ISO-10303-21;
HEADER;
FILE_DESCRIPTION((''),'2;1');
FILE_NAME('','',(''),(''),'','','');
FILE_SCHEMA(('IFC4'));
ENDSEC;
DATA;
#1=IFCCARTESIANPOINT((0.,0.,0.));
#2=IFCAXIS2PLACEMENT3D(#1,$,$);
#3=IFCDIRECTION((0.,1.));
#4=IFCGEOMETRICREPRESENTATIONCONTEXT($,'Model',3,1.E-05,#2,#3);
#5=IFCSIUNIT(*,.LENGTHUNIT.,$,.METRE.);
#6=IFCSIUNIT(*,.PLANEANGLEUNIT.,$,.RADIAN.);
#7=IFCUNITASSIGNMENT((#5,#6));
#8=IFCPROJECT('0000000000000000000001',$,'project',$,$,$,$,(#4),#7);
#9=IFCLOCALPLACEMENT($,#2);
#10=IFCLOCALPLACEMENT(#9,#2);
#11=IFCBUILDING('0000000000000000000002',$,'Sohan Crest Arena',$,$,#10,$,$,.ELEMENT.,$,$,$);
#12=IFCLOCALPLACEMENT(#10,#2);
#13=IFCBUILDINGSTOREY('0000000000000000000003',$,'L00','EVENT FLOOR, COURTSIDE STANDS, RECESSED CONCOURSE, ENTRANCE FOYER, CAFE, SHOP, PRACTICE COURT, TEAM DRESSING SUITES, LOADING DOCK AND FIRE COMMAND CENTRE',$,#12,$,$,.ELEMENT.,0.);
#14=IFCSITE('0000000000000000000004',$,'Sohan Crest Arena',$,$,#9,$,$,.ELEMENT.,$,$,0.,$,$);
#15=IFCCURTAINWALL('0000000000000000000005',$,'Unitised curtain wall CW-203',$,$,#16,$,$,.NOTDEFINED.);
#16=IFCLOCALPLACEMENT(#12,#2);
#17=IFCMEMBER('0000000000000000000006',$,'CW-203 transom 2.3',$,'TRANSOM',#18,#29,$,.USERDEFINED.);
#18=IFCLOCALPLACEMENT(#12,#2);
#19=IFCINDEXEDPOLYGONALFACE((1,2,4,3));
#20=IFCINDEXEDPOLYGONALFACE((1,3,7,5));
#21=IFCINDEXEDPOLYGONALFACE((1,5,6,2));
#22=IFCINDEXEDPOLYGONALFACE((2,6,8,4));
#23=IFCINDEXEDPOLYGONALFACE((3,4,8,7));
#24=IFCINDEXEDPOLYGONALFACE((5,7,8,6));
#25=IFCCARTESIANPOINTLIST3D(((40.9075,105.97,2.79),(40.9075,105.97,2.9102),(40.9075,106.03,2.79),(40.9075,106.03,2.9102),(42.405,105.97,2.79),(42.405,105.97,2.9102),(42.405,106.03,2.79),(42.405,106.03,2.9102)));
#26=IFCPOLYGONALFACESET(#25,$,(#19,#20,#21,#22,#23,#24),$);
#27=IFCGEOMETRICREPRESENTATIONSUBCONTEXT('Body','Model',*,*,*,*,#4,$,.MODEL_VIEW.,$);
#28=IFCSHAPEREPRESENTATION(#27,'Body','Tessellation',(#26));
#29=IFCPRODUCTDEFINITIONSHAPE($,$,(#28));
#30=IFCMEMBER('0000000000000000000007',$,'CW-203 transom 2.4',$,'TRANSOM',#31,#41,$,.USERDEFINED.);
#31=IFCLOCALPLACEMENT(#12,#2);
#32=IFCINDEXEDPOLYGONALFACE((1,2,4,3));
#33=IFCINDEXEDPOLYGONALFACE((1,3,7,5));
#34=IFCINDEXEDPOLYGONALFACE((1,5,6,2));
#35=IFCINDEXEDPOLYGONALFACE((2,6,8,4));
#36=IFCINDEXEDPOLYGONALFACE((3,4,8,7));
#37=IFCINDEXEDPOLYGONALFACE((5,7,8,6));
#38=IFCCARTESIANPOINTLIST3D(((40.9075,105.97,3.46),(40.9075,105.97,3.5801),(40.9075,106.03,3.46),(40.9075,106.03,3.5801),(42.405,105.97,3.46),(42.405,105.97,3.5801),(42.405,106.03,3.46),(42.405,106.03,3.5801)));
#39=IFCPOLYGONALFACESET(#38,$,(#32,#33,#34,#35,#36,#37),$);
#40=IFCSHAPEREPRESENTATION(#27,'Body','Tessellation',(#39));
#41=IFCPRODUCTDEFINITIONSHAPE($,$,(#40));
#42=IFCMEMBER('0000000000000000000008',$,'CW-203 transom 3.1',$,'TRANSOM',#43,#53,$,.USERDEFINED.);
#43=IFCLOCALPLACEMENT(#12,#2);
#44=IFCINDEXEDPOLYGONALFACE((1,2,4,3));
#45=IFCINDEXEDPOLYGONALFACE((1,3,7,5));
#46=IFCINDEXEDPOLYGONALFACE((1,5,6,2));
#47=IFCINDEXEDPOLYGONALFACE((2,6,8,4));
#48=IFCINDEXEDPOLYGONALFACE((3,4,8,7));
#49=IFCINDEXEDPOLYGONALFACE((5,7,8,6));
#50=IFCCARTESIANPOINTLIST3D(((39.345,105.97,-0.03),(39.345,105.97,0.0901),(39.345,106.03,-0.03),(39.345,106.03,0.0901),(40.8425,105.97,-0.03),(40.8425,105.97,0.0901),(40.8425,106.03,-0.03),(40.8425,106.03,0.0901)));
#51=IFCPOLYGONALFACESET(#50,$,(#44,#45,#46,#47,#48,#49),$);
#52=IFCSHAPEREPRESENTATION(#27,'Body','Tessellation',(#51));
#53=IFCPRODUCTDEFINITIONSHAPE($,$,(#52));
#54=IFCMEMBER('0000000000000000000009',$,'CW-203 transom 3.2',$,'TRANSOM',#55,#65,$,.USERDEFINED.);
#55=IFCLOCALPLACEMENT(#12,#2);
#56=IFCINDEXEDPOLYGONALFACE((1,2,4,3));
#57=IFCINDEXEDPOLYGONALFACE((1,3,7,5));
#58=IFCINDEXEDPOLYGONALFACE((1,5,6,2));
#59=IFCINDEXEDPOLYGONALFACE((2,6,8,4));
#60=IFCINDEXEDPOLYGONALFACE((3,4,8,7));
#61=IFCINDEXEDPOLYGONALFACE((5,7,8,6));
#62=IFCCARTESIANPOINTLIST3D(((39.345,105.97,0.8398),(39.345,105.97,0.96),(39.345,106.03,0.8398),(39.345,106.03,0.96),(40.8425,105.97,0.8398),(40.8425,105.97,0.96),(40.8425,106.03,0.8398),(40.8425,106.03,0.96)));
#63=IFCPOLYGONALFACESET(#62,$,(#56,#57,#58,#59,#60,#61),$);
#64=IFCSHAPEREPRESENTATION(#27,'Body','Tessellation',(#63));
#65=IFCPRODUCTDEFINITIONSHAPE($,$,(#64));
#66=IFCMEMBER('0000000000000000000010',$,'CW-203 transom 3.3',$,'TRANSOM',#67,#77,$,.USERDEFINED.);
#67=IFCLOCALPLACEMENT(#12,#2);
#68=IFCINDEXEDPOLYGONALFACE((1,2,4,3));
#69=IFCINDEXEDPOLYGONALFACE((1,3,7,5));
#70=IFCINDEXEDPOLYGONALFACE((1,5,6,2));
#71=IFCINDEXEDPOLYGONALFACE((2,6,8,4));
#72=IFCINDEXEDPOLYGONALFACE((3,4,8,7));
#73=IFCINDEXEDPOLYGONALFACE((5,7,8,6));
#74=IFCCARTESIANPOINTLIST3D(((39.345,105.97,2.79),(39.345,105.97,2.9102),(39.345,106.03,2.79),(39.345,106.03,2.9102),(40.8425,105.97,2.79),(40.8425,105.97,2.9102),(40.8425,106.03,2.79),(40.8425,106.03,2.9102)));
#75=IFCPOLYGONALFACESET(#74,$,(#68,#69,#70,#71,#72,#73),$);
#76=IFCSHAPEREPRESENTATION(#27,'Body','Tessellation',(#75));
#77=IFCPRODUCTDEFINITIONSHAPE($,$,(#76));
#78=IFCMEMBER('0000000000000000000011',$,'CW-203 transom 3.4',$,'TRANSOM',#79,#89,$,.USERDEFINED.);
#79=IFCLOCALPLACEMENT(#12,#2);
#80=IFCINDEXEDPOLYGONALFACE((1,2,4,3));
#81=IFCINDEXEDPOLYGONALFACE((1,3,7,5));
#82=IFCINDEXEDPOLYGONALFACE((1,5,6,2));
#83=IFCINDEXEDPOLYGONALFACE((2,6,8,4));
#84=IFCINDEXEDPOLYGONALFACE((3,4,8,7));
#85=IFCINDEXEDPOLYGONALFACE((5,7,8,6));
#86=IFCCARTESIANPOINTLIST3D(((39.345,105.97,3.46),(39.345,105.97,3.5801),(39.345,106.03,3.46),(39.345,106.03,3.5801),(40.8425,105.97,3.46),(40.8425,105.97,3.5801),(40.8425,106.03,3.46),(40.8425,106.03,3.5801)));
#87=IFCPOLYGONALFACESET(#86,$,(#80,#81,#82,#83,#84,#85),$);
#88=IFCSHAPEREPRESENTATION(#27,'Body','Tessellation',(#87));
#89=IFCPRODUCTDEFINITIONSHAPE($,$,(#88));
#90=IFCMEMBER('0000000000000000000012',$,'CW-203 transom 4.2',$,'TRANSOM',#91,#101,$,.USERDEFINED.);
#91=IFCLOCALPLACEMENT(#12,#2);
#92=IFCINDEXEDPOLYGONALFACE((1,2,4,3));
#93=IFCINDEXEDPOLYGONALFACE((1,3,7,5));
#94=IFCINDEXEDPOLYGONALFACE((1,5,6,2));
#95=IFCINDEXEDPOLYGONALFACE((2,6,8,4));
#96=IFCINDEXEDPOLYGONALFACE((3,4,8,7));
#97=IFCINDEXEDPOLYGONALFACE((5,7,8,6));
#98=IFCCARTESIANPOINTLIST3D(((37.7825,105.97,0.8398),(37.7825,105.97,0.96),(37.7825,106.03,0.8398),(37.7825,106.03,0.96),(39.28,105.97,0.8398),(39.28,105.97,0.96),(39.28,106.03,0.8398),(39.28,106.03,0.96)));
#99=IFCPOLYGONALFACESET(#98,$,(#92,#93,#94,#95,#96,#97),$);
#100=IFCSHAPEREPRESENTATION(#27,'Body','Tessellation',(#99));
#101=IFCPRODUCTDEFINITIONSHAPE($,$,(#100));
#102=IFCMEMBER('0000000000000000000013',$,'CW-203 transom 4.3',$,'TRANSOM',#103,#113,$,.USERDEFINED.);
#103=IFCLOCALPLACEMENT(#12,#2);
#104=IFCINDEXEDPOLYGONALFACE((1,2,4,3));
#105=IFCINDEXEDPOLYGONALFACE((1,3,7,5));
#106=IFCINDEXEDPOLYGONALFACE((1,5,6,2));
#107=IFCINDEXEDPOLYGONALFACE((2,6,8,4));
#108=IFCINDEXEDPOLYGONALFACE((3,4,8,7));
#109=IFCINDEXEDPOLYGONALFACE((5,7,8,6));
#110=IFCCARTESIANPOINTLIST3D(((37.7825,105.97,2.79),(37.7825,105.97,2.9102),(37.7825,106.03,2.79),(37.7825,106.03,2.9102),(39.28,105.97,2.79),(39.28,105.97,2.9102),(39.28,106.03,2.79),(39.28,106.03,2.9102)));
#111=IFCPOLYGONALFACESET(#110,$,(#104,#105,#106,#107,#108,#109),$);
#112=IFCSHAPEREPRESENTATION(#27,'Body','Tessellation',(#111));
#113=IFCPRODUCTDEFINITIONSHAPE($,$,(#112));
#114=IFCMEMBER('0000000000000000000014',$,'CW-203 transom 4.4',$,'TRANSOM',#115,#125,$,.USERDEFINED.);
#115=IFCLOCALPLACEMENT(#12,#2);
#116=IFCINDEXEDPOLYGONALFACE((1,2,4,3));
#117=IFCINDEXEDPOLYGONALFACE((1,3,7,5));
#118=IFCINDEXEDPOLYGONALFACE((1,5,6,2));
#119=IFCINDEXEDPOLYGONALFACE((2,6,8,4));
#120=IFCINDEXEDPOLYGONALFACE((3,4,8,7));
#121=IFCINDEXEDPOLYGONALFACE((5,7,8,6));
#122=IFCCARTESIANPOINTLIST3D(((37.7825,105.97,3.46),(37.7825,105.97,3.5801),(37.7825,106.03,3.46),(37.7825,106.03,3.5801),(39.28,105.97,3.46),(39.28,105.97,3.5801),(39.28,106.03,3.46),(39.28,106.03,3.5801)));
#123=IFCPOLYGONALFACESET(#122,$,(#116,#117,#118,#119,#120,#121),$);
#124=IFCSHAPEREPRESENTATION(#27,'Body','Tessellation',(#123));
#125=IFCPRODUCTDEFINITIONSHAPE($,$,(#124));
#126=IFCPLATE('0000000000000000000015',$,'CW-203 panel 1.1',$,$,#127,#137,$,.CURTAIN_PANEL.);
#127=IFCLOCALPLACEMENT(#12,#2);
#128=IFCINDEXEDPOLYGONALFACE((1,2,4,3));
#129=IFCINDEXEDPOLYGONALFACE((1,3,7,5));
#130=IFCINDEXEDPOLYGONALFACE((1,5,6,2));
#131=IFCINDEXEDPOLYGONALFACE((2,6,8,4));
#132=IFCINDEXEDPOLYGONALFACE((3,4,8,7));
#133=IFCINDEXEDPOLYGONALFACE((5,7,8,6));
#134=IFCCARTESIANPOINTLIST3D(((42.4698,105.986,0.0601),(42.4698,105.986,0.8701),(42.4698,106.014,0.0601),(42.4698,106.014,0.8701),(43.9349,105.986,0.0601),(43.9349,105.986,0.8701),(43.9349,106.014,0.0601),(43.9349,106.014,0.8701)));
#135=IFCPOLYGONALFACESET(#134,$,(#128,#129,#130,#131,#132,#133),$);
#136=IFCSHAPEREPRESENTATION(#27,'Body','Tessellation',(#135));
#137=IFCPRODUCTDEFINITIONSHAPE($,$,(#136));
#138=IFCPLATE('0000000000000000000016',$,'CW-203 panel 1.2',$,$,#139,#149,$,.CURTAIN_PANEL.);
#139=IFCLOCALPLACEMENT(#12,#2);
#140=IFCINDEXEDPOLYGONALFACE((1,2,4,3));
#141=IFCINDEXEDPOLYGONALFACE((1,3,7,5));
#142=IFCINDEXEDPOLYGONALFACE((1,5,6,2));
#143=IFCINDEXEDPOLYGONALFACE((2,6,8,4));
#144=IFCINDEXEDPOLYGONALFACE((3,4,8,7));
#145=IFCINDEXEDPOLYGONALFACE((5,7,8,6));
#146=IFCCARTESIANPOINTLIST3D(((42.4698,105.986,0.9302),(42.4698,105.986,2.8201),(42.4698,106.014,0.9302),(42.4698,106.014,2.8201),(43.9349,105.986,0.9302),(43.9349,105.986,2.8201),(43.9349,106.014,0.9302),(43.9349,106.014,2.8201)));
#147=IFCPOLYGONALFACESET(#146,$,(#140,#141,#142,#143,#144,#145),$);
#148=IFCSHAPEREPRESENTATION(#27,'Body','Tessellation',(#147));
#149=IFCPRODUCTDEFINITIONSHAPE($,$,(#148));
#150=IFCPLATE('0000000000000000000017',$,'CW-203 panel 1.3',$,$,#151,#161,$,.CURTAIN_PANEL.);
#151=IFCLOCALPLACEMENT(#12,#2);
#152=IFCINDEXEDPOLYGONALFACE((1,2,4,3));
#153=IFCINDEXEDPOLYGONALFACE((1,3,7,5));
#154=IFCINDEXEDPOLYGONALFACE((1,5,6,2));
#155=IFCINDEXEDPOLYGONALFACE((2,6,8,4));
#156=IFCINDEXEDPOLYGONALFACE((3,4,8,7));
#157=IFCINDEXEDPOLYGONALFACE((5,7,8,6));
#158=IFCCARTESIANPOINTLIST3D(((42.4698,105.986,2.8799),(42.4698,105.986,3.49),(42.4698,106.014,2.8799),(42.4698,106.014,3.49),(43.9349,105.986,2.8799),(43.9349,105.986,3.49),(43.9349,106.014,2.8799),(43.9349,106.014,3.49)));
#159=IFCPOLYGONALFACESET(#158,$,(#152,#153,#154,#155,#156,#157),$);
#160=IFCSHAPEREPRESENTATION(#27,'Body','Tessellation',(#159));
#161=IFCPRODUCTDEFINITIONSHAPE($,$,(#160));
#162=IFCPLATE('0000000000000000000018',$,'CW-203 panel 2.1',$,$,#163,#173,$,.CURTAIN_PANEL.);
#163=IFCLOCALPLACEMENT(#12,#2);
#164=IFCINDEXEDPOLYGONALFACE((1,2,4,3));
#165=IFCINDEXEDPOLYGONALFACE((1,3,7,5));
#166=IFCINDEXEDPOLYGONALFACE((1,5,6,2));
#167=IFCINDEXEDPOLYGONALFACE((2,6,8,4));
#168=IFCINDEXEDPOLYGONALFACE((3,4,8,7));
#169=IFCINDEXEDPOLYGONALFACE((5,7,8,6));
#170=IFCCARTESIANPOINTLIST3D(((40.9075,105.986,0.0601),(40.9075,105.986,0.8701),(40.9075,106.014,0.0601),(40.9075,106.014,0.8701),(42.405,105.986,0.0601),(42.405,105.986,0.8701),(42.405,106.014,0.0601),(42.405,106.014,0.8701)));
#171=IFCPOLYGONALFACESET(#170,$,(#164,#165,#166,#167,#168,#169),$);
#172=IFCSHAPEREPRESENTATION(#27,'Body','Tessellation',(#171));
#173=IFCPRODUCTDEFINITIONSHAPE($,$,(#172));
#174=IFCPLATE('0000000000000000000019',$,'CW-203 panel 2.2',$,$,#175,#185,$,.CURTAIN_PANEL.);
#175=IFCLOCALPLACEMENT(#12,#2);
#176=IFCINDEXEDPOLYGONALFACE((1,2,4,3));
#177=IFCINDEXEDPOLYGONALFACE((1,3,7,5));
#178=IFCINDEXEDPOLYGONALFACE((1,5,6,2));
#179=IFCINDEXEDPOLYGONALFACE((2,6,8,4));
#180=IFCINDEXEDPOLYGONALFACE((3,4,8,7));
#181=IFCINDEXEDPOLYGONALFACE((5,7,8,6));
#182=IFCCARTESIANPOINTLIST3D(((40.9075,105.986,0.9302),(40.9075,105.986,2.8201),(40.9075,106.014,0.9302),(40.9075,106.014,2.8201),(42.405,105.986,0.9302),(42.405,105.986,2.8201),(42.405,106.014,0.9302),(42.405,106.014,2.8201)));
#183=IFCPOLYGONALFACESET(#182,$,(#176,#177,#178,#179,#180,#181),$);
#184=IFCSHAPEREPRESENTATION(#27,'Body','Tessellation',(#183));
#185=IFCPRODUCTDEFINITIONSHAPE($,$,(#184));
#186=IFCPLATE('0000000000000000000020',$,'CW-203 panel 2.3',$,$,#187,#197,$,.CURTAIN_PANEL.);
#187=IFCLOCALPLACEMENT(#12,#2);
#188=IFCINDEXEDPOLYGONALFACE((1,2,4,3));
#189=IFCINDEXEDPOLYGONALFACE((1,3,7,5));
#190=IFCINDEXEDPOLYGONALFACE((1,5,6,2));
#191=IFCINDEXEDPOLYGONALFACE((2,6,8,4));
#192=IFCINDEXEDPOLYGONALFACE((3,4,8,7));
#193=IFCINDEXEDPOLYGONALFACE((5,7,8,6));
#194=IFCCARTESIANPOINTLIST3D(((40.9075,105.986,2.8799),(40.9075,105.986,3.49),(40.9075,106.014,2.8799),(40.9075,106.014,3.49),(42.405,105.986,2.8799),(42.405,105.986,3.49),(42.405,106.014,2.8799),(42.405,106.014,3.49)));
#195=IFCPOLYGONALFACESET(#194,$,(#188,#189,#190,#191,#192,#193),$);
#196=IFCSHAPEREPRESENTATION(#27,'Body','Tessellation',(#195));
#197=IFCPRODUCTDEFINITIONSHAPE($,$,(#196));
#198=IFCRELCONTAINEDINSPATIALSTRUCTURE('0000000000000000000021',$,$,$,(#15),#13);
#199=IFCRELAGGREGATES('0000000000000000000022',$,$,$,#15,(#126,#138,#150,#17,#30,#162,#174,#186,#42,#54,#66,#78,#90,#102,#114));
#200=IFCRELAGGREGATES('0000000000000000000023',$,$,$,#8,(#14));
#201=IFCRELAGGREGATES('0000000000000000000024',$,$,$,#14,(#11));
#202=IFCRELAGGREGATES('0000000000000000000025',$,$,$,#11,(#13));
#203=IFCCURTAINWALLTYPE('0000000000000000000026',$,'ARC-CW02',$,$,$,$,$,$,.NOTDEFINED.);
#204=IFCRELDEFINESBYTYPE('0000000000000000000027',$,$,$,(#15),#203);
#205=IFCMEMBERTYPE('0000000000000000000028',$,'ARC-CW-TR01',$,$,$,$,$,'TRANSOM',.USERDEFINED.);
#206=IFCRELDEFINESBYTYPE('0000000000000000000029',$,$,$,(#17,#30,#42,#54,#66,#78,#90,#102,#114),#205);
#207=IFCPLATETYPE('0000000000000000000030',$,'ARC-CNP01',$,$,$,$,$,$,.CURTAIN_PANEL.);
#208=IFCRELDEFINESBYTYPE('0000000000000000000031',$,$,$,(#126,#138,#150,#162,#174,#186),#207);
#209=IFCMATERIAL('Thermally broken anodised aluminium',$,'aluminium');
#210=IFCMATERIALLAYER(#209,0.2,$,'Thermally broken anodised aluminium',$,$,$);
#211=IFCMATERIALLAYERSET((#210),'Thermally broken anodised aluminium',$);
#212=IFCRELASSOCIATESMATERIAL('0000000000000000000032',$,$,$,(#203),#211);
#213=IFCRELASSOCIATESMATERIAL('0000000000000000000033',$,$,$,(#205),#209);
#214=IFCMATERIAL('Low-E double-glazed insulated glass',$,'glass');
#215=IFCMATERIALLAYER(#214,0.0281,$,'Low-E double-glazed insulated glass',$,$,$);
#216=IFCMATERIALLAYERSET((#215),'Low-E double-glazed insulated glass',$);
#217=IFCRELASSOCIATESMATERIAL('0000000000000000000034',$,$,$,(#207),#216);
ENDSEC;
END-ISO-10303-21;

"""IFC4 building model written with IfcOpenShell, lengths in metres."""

from ifc_helpers import new_model, si_unit, direction, frame, origin, origin_2d, place, context, subcontext, project, spatial, rectangle, extrude, material, layer, layer_set, material_profile, profile_set, type_object, element, aggregate, save


model = new_model("IFC4")

# Units and contexts
model_context = context("Model", 3, precision=1e-05, world=origin(), true_north=direction((0.0, 1.0)))
body_context = subcontext(model_context, "Body", "Model", "MODEL_VIEW")
ifc_project = project(units=[si_unit("LENGTHUNIT", "METRE"), si_unit("PLANEANGLEUNIT", "RADIAN")], contexts=[model_context])

# Site, building, storey
site_placement = place(None, origin())
site = spatial("IfcSite", under=ifc_project, at=site_placement, Name="Sohan Crest Arena", CompositionType="ELEMENT", RefElevation=0.0)
building_placement = place(site_placement, origin())
building = spatial("IfcBuilding", under=site, at=building_placement, Name="Sohan Crest Arena", CompositionType="ELEMENT")
storey_placement = place(building_placement, origin())
storey = spatial("IfcBuildingStorey", under=building, at=storey_placement, Name="L00", Description="EVENT FLOOR, COURTSIDE STANDS, RECESSED CONCOURSE, ENTRANCE FOYER, CAFE, SHOP, PRACTICE COURT, TEAM DRESSING SUITES, LOADING DOCK AND FIRE COMMAND CENTRE", CompositionType="ELEMENT", Elevation=0.0)

# Curtain wall
ifc_material_1 = material(Name="Thermally broken anodised aluminium", Category="aluminium")
ifc_layer_1 = layer(ifc_material_1, 0.2, Name="Thermally broken anodised aluminium")
ifc_layer_set_1 = layer_set([ifc_layer_1], Name="Thermally broken anodised aluminium")
curtain_wall_type_1 = type_object("IfcCurtainWallType", Name="ARC-CW02", PredefinedType="NOTDEFINED", material=ifc_layer_set_1)
curtain_wall_1_placement = place(storey_placement, origin())
curtain_wall_1 = element("IfcCurtainWall", 1, at=curtain_wall_1_placement, inside=storey, type_object=curtain_wall_type_1, Name="Unitised curtain wall CW-203", PredefinedType="NOTDEFINED")

# Members
ifc_material_profile_1 = material_profile(ifc_material_1, rectangle(XDim=0.0601, YDim=0.1201, at=origin_2d()), Name="ALU-TRAN 60x120")
ifc_profile_set_1 = profile_set([ifc_material_profile_1], Name="Thermally broken anodised aluminium")
member_type_1 = type_object("IfcMemberType", Name="ARC-CW-TR01", ElementType="TRANSOM", PredefinedType="USERDEFINED", material=ifc_profile_set_1)
member_1_placement = place(storey_placement, frame((42.405, 106.0, 2.8501), z_axis=(-1.0, 0.0, 0.0), x_axis=(0.0, -1.0, 0.0)))
member_1 = element("IfcMember", 2, at=member_1_placement, type_object=member_type_1, Name="CW-203 transom 2.3", ObjectType="TRANSOM", PredefinedType="USERDEFINED", context=body_context, shape_type="SweptSolid", body=[
    extrude(rectangle(XDim=0.0601, YDim=0.1201, at=origin_2d()), origin(), (0.0, 0.0, 1.0), 1.4976),
])
member_2_placement = place(storey_placement, frame((42.405, 106.0, 3.52), z_axis=(-1.0, 0.0, 0.0), x_axis=(0.0, -1.0, 0.0)))
member_2 = element("IfcMember", 3, at=member_2_placement, type_object=member_type_1, Name="CW-203 transom 2.4", ObjectType="TRANSOM", PredefinedType="USERDEFINED", context=body_context, shape_type="SweptSolid", body=[
    extrude(rectangle(XDim=0.0601, YDim=0.1201, at=origin_2d()), origin(), (0.0, 0.0, 1.0), 1.4976),
])
member_3_placement = place(storey_placement, frame((40.8425, 106.0, 0.03), z_axis=(-1.0, 0.0, 0.0), x_axis=(0.0, -1.0, 0.0)))
member_3 = element("IfcMember", 4, at=member_3_placement, type_object=member_type_1, Name="CW-203 transom 3.1", ObjectType="TRANSOM", PredefinedType="USERDEFINED", context=body_context, shape_type="SweptSolid", body=[
    extrude(rectangle(XDim=0.0601, YDim=0.1201, at=origin_2d()), origin(), (0.0, 0.0, 1.0), 1.4976),
])
member_4_placement = place(storey_placement, frame((40.8425, 106.0, 0.8999), z_axis=(-1.0, 0.0, 0.0), x_axis=(0.0, -1.0, 0.0)))
member_4 = element("IfcMember", 5, at=member_4_placement, type_object=member_type_1, Name="CW-203 transom 3.2", ObjectType="TRANSOM", PredefinedType="USERDEFINED", context=body_context, shape_type="SweptSolid", body=[
    extrude(rectangle(XDim=0.0601, YDim=0.1201, at=origin_2d()), origin(), (0.0, 0.0, 1.0), 1.4976),
])
member_5_placement = place(storey_placement, frame((40.8425, 106.0, 2.8501), z_axis=(-1.0, 0.0, 0.0), x_axis=(0.0, -1.0, 0.0)))
member_5 = element("IfcMember", 6, at=member_5_placement, type_object=member_type_1, Name="CW-203 transom 3.3", ObjectType="TRANSOM", PredefinedType="USERDEFINED", context=body_context, shape_type="SweptSolid", body=[
    extrude(rectangle(XDim=0.0601, YDim=0.1201, at=origin_2d()), origin(), (0.0, 0.0, 1.0), 1.4976),
])
member_6_placement = place(storey_placement, frame((40.8425, 106.0, 3.52), z_axis=(-1.0, 0.0, 0.0), x_axis=(0.0, -1.0, 0.0)))
member_6 = element("IfcMember", 7, at=member_6_placement, type_object=member_type_1, Name="CW-203 transom 3.4", ObjectType="TRANSOM", PredefinedType="USERDEFINED", context=body_context, shape_type="SweptSolid", body=[
    extrude(rectangle(XDim=0.0601, YDim=0.1201, at=origin_2d()), origin(), (0.0, 0.0, 1.0), 1.4976),
])
member_7_placement = place(storey_placement, frame((39.28, 106.0, 0.8999), z_axis=(-1.0, 0.0, 0.0), x_axis=(0.0, -1.0, 0.0)))
member_7 = element("IfcMember", 8, at=member_7_placement, type_object=member_type_1, Name="CW-203 transom 4.2", ObjectType="TRANSOM", PredefinedType="USERDEFINED", context=body_context, shape_type="SweptSolid", body=[
    extrude(rectangle(XDim=0.0601, YDim=0.1201, at=origin_2d()), origin(), (0.0, 0.0, 1.0), 1.4976),
])
member_8_placement = place(storey_placement, frame((39.28, 106.0, 2.8501), z_axis=(-1.0, 0.0, 0.0), x_axis=(0.0, -1.0, 0.0)))
member_8 = element("IfcMember", 9, at=member_8_placement, type_object=member_type_1, Name="CW-203 transom 4.3", ObjectType="TRANSOM", PredefinedType="USERDEFINED", context=body_context, shape_type="SweptSolid", body=[
    extrude(rectangle(XDim=0.0601, YDim=0.1201, at=origin_2d()), origin(), (0.0, 0.0, 1.0), 1.4976),
])
member_9_placement = place(storey_placement, frame((39.28, 106.0, 3.52), z_axis=(-1.0, 0.0, 0.0), x_axis=(0.0, -1.0, 0.0)))
member_9 = element("IfcMember", 10, at=member_9_placement, type_object=member_type_1, Name="CW-203 transom 4.4", ObjectType="TRANSOM", PredefinedType="USERDEFINED", context=body_context, shape_type="SweptSolid", body=[
    extrude(rectangle(XDim=0.0601, YDim=0.1201, at=origin_2d()), origin(), (0.0, 0.0, 1.0), 1.4976),
])

# Plates
ifc_material_2 = material(Name="Low-E double-glazed insulated glass", Category="glass")
ifc_layer_2 = layer(ifc_material_2, 0.0281, Name="Low-E double-glazed insulated glass")
ifc_layer_set_2 = layer_set([ifc_layer_2], Name="Low-E double-glazed insulated glass")
plate_type = type_object("IfcPlateType", Name="ARC-CNP01", PredefinedType="CURTAIN_PANEL", material=ifc_layer_set_2)
plate_1_placement = place(storey_placement, frame((43.2024, 106.0, 0.0601), z_axis=(0.0, 0.0, 1.0), x_axis=(-1.0, 0.0, 0.0)))
plate_1 = element("IfcPlate", 11, at=plate_1_placement, type_object=plate_type, Name="CW-203 panel 1.1", PredefinedType="CURTAIN_PANEL", context=body_context, shape_type="SweptSolid", body=[
    extrude(rectangle(XDim=1.4651, YDim=0.0281, at=origin_2d()), origin(), (0.0, 0.0, 1.0), 0.8101),
])
plate_2_placement = place(storey_placement, frame((43.2024, 106.0, 0.9302), z_axis=(0.0, 0.0, 1.0), x_axis=(-1.0, 0.0, 0.0)))
plate_2 = element("IfcPlate", 12, at=plate_2_placement, type_object=plate_type, Name="CW-203 panel 1.2", PredefinedType="CURTAIN_PANEL", context=body_context, shape_type="SweptSolid", body=[
    extrude(rectangle(XDim=1.4651, YDim=0.0281, at=origin_2d()), origin(), (0.0, 0.0, 1.0), 1.8899),
])
plate_3_placement = place(storey_placement, frame((43.2024, 106.0, 2.8799), z_axis=(0.0, 0.0, 1.0), x_axis=(-1.0, 0.0, 0.0)))
plate_3 = element("IfcPlate", 13, at=plate_3_placement, type_object=plate_type, Name="CW-203 panel 1.3", PredefinedType="CURTAIN_PANEL", context=body_context, shape_type="SweptSolid", body=[
    extrude(rectangle(XDim=1.4651, YDim=0.0281, at=origin_2d()), origin(), (0.0, 0.0, 1.0), 0.6101),
])
plate_4_placement = place(storey_placement, frame((41.6562, 106.0, 0.0601), z_axis=(0.0, 0.0, 1.0), x_axis=(-1.0, 0.0, 0.0)))
plate_4 = element("IfcPlate", 14, at=plate_4_placement, type_object=plate_type, Name="CW-203 panel 2.1", PredefinedType="CURTAIN_PANEL", context=body_context, shape_type="SweptSolid", body=[
    extrude(rectangle(XDim=1.4976, YDim=0.0281, at=origin_2d()), origin(), (0.0, 0.0, 1.0), 0.8101),
])
plate_5_placement = place(storey_placement, frame((41.6562, 106.0, 0.9302), z_axis=(0.0, 0.0, 1.0), x_axis=(-1.0, 0.0, 0.0)))
plate_5 = element("IfcPlate", 15, at=plate_5_placement, type_object=plate_type, Name="CW-203 panel 2.2", PredefinedType="CURTAIN_PANEL", context=body_context, shape_type="SweptSolid", body=[
    extrude(rectangle(XDim=1.4976, YDim=0.0281, at=origin_2d()), origin(), (0.0, 0.0, 1.0), 1.8899),
])
plate_6_placement = place(storey_placement, frame((41.6562, 106.0, 2.8799), z_axis=(0.0, 0.0, 1.0), x_axis=(-1.0, 0.0, 0.0)))
plate_6 = element("IfcPlate", 16, at=plate_6_placement, type_object=plate_type, Name="CW-203 panel 2.3", PredefinedType="CURTAIN_PANEL", context=body_context, shape_type="SweptSolid", body=[
    extrude(rectangle(XDim=1.4976, YDim=0.0281, at=origin_2d()), origin(), (0.0, 0.0, 1.0), 0.6101),
])
aggregate(curtain_wall_1, [plate_1, plate_2, plate_3, member_1, member_2, plate_4, plate_5, plate_6, member_3, member_4, member_5, member_6, member_7, member_8, member_9])

save(model, "model.ifc")
